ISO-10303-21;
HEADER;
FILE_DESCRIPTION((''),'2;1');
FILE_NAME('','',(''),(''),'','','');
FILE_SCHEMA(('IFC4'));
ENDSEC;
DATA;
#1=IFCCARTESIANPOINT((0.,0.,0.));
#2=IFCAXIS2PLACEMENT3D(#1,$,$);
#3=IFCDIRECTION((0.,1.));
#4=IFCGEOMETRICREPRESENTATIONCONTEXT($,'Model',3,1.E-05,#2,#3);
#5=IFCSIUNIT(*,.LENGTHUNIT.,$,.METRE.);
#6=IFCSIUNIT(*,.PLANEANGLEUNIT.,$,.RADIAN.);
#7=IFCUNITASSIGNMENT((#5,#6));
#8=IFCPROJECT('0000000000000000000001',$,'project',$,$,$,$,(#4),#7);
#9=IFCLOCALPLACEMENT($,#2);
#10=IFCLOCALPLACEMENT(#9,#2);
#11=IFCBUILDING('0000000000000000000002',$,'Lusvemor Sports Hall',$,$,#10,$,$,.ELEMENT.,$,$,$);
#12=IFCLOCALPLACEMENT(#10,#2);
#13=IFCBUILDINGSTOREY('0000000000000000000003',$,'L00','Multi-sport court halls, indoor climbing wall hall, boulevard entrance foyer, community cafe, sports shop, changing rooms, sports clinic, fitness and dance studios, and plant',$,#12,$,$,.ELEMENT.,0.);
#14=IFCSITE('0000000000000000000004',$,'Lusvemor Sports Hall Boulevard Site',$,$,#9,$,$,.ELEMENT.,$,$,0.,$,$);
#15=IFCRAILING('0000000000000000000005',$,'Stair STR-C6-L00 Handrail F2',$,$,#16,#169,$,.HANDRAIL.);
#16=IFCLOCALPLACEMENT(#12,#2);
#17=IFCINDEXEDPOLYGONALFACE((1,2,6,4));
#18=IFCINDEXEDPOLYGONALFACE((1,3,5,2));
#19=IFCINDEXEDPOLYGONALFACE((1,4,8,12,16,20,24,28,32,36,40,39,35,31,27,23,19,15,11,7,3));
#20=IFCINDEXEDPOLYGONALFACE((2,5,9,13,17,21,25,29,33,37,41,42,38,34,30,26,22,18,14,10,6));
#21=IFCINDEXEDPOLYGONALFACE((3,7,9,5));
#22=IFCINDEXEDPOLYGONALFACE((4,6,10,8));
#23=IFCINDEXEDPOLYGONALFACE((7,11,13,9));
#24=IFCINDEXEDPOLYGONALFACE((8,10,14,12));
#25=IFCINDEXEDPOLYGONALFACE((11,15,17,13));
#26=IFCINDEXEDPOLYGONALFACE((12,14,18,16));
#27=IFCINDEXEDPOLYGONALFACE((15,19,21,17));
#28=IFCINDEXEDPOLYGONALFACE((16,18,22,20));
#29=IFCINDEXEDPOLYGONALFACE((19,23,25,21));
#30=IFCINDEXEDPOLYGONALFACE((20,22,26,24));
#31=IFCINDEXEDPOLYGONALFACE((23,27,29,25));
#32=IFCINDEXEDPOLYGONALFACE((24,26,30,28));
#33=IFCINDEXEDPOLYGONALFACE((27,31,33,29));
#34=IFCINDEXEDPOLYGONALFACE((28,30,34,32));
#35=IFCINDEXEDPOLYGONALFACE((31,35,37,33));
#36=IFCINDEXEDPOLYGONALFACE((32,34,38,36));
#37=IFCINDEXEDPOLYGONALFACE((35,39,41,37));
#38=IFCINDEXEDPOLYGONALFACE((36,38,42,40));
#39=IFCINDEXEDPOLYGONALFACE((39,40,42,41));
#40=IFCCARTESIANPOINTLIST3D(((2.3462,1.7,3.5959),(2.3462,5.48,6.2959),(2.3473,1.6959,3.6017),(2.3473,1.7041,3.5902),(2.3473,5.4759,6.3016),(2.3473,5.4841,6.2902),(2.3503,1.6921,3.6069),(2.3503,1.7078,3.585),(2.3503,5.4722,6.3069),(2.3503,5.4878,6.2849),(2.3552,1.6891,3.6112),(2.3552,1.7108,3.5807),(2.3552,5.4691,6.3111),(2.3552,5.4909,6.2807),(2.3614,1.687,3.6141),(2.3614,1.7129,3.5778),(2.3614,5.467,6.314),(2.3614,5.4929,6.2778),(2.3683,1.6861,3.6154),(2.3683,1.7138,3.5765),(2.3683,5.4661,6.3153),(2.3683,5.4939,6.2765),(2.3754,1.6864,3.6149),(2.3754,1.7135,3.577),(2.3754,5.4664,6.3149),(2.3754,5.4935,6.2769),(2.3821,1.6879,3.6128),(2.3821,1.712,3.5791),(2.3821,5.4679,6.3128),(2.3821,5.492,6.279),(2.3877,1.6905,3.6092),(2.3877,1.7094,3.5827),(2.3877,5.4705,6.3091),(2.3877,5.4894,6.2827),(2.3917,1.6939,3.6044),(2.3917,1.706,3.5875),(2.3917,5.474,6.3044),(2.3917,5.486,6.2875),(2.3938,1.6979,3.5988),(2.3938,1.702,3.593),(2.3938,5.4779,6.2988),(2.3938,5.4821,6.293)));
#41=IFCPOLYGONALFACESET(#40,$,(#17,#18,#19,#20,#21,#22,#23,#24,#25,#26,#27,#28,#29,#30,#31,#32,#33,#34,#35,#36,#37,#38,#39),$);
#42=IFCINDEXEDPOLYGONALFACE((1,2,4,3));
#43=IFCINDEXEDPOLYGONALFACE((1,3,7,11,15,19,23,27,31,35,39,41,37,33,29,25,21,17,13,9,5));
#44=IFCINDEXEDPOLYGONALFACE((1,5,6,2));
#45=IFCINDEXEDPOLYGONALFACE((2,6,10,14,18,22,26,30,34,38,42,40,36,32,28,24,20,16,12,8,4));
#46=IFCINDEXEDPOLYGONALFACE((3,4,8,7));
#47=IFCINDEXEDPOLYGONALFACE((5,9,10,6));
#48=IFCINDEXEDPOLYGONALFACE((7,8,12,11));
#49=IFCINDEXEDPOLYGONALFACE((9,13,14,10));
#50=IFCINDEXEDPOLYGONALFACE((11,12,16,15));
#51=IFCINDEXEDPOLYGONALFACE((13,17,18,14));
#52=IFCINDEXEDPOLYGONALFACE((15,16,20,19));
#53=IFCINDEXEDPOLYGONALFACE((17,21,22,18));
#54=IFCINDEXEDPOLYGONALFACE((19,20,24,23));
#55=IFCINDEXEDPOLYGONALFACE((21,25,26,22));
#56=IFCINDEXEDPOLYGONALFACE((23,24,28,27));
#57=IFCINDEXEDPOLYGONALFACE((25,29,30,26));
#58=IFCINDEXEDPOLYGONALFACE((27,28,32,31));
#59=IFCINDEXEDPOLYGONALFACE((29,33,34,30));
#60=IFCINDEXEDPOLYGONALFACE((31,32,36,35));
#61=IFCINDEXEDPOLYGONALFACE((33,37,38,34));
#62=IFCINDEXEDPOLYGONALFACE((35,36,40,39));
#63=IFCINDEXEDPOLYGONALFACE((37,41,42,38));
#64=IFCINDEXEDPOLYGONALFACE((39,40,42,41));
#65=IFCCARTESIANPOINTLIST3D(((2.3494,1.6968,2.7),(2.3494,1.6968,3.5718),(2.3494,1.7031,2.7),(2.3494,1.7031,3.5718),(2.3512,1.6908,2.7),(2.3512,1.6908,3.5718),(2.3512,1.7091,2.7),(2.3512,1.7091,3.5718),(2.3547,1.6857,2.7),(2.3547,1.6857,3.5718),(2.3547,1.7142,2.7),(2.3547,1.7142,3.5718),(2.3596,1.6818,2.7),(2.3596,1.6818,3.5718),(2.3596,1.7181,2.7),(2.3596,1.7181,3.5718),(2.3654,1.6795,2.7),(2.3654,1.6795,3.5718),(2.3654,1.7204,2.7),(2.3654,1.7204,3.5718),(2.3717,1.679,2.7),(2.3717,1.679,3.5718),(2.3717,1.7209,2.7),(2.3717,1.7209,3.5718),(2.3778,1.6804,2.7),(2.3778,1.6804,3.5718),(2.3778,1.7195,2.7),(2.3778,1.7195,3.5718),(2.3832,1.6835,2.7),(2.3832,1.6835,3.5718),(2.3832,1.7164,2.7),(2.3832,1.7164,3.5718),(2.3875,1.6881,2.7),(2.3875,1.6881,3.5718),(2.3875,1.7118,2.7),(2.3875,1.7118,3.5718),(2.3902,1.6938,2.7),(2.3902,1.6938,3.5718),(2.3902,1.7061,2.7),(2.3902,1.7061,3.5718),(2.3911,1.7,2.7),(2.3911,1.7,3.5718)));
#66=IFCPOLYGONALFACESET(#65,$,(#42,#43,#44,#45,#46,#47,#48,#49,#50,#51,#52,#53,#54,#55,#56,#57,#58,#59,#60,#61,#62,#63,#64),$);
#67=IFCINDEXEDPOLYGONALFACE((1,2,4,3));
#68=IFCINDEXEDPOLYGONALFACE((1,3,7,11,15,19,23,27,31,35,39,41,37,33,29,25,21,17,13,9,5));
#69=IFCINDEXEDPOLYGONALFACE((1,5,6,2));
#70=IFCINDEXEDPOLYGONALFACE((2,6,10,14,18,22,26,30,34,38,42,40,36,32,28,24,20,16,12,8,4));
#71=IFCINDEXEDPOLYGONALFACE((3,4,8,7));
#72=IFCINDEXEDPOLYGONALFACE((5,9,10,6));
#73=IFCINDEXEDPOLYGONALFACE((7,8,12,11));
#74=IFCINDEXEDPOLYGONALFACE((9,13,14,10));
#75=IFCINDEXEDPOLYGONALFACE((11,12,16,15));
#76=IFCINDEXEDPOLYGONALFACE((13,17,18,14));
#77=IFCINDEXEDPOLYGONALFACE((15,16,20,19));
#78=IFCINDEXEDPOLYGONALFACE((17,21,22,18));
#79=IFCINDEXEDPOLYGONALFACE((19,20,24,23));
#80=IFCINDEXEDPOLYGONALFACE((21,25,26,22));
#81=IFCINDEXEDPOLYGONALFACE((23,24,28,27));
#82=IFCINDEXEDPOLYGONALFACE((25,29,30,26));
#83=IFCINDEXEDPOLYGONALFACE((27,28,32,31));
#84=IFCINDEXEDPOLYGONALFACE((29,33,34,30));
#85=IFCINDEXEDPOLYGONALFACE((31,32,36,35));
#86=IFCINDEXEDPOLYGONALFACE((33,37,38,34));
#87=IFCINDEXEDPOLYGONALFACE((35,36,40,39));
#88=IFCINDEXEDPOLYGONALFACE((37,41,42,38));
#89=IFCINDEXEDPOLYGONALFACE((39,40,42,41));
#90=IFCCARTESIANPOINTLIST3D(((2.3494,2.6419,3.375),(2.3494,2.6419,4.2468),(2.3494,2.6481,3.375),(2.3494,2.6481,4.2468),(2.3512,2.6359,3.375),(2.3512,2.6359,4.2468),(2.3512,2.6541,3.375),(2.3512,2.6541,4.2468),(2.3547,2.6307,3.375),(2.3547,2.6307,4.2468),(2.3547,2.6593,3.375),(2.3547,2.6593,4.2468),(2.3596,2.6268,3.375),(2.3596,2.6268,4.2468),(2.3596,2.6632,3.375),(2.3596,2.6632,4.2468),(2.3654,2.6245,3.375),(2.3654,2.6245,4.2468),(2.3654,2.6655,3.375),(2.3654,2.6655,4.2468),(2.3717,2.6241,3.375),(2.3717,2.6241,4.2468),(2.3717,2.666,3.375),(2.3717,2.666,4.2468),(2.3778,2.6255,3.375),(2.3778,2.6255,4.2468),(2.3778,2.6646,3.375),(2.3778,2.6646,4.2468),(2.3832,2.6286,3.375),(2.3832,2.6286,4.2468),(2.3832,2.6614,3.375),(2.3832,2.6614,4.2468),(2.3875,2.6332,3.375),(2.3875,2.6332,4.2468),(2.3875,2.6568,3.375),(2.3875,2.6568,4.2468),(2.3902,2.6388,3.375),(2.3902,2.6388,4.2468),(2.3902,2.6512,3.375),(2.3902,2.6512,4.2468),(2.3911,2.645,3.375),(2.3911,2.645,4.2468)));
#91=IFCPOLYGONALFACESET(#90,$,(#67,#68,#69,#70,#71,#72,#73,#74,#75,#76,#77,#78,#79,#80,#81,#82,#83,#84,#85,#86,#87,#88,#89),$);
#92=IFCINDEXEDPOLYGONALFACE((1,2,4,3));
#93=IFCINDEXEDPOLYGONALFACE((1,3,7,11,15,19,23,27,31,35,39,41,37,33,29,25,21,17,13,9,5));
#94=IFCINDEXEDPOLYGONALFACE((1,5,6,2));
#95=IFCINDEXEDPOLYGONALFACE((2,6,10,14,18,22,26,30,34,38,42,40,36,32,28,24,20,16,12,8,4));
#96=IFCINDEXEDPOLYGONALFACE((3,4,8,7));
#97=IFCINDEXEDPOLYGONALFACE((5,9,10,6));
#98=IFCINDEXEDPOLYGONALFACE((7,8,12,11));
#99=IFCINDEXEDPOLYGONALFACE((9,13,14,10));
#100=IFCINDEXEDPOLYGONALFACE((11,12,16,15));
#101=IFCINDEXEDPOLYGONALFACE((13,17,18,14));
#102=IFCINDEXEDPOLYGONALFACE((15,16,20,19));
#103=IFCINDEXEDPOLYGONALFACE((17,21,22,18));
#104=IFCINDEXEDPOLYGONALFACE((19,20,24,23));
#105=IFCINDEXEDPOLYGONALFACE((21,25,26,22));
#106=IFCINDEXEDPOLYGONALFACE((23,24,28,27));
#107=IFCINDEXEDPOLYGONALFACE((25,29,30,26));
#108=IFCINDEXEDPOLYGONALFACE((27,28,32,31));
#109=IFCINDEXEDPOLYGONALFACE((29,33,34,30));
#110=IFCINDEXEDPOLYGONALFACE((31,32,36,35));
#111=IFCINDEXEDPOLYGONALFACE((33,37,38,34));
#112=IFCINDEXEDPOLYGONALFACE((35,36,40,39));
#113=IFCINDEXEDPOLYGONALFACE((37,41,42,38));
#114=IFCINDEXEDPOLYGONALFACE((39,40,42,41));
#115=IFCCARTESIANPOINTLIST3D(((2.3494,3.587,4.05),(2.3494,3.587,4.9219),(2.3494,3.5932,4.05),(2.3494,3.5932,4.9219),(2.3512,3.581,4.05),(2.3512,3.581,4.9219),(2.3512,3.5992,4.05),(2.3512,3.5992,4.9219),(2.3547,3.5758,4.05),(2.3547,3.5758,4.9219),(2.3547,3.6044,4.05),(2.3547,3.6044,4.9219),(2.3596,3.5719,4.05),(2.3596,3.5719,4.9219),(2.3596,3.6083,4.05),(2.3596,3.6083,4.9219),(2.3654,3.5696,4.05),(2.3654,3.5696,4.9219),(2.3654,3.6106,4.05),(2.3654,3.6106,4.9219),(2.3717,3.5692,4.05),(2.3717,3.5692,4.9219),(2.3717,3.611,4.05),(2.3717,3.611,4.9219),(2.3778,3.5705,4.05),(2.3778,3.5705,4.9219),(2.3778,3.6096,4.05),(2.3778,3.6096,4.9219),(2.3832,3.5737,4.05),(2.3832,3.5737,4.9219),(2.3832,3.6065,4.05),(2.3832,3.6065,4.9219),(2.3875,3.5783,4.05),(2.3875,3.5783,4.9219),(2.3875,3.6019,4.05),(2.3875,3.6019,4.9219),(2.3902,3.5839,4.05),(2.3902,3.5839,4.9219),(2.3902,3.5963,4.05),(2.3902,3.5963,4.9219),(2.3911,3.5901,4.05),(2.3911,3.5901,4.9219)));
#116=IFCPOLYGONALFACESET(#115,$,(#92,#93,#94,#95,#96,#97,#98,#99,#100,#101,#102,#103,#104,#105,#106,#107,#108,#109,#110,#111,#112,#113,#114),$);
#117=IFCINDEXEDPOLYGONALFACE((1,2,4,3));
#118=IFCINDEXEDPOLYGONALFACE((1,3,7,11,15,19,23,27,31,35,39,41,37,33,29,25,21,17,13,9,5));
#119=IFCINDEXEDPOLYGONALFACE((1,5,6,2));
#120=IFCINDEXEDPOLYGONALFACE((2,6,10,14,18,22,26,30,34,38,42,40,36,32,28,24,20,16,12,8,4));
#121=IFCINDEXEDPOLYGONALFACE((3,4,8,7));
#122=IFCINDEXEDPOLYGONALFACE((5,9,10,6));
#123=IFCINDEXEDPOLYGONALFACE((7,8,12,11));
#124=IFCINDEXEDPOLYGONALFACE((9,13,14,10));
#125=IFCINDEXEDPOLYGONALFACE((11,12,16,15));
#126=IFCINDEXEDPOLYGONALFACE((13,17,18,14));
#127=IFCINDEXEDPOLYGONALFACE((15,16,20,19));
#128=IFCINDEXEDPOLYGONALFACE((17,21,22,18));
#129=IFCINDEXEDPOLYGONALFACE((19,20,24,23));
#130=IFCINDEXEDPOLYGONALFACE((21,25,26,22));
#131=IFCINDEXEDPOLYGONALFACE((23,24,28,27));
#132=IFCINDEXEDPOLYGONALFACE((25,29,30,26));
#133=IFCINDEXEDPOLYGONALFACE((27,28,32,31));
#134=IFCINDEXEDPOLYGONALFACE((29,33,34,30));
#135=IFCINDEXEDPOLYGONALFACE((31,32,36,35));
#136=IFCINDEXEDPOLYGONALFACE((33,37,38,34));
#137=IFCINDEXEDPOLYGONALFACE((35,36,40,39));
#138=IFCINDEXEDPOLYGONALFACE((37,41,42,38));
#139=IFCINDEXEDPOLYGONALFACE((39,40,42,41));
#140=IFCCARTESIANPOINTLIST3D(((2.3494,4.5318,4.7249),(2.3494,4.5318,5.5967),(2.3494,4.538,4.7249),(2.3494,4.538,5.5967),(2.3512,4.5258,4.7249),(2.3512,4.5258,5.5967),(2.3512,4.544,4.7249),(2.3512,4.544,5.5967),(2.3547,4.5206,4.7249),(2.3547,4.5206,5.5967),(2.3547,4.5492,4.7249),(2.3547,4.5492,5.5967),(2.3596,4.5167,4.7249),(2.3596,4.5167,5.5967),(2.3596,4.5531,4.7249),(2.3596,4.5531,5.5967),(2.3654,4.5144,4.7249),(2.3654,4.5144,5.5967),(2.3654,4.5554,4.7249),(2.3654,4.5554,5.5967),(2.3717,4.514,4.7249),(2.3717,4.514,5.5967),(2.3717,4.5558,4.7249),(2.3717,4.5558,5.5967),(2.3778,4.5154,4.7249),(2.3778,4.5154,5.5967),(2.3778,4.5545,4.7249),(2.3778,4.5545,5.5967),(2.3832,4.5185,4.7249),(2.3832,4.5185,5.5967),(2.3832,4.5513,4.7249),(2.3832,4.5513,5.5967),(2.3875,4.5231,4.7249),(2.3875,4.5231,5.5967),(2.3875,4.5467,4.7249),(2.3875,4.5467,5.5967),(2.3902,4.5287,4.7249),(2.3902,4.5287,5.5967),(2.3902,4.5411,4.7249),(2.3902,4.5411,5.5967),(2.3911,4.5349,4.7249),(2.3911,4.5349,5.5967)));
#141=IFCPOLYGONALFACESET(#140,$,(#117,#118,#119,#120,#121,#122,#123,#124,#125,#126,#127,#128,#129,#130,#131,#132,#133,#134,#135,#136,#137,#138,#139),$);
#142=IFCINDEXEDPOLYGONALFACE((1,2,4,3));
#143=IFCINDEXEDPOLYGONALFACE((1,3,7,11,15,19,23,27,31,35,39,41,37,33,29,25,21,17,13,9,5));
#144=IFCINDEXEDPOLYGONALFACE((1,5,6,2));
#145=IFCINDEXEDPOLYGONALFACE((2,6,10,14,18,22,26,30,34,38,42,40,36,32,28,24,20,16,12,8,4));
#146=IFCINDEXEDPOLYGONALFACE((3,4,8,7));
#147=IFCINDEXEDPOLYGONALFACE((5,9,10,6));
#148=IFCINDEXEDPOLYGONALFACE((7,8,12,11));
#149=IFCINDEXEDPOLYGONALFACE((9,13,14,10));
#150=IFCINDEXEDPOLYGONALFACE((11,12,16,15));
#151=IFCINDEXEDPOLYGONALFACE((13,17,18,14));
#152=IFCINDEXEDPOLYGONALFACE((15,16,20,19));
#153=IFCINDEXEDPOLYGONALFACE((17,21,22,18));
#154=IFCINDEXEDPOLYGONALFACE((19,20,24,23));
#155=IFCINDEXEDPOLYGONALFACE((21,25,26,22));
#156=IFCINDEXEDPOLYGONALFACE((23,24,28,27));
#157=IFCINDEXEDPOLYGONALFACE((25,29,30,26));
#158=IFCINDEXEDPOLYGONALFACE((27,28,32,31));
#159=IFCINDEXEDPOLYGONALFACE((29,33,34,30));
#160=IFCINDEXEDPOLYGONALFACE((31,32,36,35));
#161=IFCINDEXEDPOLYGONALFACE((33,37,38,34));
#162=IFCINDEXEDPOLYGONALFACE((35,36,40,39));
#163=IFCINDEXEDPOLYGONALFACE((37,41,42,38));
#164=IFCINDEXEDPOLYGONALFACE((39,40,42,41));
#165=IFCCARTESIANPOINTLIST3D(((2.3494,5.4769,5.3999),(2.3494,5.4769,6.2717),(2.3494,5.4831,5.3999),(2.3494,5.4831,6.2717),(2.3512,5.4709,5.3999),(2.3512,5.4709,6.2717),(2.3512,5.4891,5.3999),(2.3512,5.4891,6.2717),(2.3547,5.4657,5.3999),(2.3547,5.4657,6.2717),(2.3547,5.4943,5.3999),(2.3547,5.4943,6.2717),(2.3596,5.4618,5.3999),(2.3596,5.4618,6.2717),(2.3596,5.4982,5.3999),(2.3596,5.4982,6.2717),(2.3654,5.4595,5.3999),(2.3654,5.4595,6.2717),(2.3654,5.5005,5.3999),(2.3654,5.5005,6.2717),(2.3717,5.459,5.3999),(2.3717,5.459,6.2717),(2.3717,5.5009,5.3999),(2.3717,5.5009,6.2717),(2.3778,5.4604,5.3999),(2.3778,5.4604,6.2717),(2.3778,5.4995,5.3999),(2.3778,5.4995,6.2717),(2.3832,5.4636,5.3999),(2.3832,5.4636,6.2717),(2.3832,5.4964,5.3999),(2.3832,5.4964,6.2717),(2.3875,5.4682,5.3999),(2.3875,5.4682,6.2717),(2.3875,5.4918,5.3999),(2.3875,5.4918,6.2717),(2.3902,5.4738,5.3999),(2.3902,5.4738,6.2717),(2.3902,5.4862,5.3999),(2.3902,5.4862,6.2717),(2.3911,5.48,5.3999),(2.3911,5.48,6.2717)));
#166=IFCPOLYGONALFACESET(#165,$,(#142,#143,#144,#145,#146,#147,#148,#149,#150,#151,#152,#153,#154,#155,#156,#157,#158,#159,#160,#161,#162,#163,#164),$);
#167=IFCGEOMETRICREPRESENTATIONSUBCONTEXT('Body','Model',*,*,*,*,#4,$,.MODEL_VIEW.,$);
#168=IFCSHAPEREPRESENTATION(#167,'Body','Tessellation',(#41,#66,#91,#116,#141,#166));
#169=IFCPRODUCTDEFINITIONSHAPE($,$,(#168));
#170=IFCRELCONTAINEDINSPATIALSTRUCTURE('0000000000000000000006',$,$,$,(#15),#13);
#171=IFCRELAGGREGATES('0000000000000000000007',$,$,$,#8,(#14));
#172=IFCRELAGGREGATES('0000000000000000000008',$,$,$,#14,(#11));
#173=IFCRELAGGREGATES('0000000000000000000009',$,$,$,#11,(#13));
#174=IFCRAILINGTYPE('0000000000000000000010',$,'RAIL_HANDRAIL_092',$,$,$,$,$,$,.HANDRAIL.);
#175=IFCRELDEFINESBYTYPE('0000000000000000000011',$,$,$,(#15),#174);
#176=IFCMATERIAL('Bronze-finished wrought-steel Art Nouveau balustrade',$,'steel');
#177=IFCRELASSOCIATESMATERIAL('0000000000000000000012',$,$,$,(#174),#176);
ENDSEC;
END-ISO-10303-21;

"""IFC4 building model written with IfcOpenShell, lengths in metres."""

from ifc_helpers import new_model, si_unit, direction, frame, origin, origin_2d, place, context, subcontext, project, spatial, circle, extrude, material, type_object, element, save


model = new_model("IFC4")

# Units and contexts
model_context = context("Model", 3, precision=1e-05, world=origin(), true_north=direction((0.0, 1.0)))
body_context = subcontext(model_context, "Body", "Model", "MODEL_VIEW")
ifc_project = project(units=[si_unit("LENGTHUNIT", "METRE"), si_unit("PLANEANGLEUNIT", "RADIAN")], contexts=[model_context])

# Site, building, storey
site_placement = place(None, origin())
site = spatial("IfcSite", under=ifc_project, at=site_placement, Name="Lusvemor Sports Hall Boulevard Site", CompositionType="ELEMENT", RefElevation=0.0)
building_placement = place(site_placement, origin())
building = spatial("IfcBuilding", under=site, at=building_placement, Name="Lusvemor Sports Hall", CompositionType="ELEMENT")
storey_placement = place(building_placement, origin())
storey = spatial("IfcBuildingStorey", under=building, at=storey_placement, Name="L00", Description="Multi-sport court halls, indoor climbing wall hall, boulevard entrance foyer, community cafe, sports shop, changing rooms, sports clinic, fitness and dance studios, and plant", CompositionType="ELEMENT", Elevation=0.0)

# Railing
ifc_material_1 = material(Name="Bronze-finished wrought-steel Art Nouveau balustrade", Category="steel")
railing_type_1 = type_object("IfcRailingType", Name="RAIL_HANDRAIL_092", PredefinedType="HANDRAIL", material=ifc_material_1)
railing_1_placement = place(storey_placement, frame((2.3701, 1.7, 2.7)))
element("IfcRailing", 1, at=railing_1_placement, inside=storey, type_object=railing_type_1, Name="Stair STR-C6-L00 Handrail F2", PredefinedType="HANDRAIL", context=body_context, shape_type="SweptSolid", body=[
    extrude(circle(Radius=0.0239, at=origin_2d()), frame((0.0, 0.0, 0.896), z_axis=(0.0, 0.813741, 0.581228), x_axis=(-1.0, 0.0, 0.0)), (0.0, 0.0, 1.0), 4.6453),
    extrude(circle(Radius=0.021, at=origin_2d()), origin(), (0.0, 0.0, 1.0), 0.8718),
    extrude(circle(Radius=0.021, at=origin_2d()), frame((0.0, 0.9451, 0.675)), (0.0, 0.0, 1.0), 0.8718),
    extrude(circle(Radius=0.021, at=origin_2d()), frame((0.0, 1.8901, 1.3501)), (0.0, 0.0, 1.0), 0.8718),
    extrude(circle(Radius=0.021, at=origin_2d()), frame((0.0, 2.835, 2.0249)), (0.0, 0.0, 1.0), 0.8718),
    extrude(circle(Radius=0.021, at=origin_2d()), frame((0.0, 3.78, 2.7)), (0.0, 0.0, 1.0), 0.8718),
])

save(model, "model.ifc")
